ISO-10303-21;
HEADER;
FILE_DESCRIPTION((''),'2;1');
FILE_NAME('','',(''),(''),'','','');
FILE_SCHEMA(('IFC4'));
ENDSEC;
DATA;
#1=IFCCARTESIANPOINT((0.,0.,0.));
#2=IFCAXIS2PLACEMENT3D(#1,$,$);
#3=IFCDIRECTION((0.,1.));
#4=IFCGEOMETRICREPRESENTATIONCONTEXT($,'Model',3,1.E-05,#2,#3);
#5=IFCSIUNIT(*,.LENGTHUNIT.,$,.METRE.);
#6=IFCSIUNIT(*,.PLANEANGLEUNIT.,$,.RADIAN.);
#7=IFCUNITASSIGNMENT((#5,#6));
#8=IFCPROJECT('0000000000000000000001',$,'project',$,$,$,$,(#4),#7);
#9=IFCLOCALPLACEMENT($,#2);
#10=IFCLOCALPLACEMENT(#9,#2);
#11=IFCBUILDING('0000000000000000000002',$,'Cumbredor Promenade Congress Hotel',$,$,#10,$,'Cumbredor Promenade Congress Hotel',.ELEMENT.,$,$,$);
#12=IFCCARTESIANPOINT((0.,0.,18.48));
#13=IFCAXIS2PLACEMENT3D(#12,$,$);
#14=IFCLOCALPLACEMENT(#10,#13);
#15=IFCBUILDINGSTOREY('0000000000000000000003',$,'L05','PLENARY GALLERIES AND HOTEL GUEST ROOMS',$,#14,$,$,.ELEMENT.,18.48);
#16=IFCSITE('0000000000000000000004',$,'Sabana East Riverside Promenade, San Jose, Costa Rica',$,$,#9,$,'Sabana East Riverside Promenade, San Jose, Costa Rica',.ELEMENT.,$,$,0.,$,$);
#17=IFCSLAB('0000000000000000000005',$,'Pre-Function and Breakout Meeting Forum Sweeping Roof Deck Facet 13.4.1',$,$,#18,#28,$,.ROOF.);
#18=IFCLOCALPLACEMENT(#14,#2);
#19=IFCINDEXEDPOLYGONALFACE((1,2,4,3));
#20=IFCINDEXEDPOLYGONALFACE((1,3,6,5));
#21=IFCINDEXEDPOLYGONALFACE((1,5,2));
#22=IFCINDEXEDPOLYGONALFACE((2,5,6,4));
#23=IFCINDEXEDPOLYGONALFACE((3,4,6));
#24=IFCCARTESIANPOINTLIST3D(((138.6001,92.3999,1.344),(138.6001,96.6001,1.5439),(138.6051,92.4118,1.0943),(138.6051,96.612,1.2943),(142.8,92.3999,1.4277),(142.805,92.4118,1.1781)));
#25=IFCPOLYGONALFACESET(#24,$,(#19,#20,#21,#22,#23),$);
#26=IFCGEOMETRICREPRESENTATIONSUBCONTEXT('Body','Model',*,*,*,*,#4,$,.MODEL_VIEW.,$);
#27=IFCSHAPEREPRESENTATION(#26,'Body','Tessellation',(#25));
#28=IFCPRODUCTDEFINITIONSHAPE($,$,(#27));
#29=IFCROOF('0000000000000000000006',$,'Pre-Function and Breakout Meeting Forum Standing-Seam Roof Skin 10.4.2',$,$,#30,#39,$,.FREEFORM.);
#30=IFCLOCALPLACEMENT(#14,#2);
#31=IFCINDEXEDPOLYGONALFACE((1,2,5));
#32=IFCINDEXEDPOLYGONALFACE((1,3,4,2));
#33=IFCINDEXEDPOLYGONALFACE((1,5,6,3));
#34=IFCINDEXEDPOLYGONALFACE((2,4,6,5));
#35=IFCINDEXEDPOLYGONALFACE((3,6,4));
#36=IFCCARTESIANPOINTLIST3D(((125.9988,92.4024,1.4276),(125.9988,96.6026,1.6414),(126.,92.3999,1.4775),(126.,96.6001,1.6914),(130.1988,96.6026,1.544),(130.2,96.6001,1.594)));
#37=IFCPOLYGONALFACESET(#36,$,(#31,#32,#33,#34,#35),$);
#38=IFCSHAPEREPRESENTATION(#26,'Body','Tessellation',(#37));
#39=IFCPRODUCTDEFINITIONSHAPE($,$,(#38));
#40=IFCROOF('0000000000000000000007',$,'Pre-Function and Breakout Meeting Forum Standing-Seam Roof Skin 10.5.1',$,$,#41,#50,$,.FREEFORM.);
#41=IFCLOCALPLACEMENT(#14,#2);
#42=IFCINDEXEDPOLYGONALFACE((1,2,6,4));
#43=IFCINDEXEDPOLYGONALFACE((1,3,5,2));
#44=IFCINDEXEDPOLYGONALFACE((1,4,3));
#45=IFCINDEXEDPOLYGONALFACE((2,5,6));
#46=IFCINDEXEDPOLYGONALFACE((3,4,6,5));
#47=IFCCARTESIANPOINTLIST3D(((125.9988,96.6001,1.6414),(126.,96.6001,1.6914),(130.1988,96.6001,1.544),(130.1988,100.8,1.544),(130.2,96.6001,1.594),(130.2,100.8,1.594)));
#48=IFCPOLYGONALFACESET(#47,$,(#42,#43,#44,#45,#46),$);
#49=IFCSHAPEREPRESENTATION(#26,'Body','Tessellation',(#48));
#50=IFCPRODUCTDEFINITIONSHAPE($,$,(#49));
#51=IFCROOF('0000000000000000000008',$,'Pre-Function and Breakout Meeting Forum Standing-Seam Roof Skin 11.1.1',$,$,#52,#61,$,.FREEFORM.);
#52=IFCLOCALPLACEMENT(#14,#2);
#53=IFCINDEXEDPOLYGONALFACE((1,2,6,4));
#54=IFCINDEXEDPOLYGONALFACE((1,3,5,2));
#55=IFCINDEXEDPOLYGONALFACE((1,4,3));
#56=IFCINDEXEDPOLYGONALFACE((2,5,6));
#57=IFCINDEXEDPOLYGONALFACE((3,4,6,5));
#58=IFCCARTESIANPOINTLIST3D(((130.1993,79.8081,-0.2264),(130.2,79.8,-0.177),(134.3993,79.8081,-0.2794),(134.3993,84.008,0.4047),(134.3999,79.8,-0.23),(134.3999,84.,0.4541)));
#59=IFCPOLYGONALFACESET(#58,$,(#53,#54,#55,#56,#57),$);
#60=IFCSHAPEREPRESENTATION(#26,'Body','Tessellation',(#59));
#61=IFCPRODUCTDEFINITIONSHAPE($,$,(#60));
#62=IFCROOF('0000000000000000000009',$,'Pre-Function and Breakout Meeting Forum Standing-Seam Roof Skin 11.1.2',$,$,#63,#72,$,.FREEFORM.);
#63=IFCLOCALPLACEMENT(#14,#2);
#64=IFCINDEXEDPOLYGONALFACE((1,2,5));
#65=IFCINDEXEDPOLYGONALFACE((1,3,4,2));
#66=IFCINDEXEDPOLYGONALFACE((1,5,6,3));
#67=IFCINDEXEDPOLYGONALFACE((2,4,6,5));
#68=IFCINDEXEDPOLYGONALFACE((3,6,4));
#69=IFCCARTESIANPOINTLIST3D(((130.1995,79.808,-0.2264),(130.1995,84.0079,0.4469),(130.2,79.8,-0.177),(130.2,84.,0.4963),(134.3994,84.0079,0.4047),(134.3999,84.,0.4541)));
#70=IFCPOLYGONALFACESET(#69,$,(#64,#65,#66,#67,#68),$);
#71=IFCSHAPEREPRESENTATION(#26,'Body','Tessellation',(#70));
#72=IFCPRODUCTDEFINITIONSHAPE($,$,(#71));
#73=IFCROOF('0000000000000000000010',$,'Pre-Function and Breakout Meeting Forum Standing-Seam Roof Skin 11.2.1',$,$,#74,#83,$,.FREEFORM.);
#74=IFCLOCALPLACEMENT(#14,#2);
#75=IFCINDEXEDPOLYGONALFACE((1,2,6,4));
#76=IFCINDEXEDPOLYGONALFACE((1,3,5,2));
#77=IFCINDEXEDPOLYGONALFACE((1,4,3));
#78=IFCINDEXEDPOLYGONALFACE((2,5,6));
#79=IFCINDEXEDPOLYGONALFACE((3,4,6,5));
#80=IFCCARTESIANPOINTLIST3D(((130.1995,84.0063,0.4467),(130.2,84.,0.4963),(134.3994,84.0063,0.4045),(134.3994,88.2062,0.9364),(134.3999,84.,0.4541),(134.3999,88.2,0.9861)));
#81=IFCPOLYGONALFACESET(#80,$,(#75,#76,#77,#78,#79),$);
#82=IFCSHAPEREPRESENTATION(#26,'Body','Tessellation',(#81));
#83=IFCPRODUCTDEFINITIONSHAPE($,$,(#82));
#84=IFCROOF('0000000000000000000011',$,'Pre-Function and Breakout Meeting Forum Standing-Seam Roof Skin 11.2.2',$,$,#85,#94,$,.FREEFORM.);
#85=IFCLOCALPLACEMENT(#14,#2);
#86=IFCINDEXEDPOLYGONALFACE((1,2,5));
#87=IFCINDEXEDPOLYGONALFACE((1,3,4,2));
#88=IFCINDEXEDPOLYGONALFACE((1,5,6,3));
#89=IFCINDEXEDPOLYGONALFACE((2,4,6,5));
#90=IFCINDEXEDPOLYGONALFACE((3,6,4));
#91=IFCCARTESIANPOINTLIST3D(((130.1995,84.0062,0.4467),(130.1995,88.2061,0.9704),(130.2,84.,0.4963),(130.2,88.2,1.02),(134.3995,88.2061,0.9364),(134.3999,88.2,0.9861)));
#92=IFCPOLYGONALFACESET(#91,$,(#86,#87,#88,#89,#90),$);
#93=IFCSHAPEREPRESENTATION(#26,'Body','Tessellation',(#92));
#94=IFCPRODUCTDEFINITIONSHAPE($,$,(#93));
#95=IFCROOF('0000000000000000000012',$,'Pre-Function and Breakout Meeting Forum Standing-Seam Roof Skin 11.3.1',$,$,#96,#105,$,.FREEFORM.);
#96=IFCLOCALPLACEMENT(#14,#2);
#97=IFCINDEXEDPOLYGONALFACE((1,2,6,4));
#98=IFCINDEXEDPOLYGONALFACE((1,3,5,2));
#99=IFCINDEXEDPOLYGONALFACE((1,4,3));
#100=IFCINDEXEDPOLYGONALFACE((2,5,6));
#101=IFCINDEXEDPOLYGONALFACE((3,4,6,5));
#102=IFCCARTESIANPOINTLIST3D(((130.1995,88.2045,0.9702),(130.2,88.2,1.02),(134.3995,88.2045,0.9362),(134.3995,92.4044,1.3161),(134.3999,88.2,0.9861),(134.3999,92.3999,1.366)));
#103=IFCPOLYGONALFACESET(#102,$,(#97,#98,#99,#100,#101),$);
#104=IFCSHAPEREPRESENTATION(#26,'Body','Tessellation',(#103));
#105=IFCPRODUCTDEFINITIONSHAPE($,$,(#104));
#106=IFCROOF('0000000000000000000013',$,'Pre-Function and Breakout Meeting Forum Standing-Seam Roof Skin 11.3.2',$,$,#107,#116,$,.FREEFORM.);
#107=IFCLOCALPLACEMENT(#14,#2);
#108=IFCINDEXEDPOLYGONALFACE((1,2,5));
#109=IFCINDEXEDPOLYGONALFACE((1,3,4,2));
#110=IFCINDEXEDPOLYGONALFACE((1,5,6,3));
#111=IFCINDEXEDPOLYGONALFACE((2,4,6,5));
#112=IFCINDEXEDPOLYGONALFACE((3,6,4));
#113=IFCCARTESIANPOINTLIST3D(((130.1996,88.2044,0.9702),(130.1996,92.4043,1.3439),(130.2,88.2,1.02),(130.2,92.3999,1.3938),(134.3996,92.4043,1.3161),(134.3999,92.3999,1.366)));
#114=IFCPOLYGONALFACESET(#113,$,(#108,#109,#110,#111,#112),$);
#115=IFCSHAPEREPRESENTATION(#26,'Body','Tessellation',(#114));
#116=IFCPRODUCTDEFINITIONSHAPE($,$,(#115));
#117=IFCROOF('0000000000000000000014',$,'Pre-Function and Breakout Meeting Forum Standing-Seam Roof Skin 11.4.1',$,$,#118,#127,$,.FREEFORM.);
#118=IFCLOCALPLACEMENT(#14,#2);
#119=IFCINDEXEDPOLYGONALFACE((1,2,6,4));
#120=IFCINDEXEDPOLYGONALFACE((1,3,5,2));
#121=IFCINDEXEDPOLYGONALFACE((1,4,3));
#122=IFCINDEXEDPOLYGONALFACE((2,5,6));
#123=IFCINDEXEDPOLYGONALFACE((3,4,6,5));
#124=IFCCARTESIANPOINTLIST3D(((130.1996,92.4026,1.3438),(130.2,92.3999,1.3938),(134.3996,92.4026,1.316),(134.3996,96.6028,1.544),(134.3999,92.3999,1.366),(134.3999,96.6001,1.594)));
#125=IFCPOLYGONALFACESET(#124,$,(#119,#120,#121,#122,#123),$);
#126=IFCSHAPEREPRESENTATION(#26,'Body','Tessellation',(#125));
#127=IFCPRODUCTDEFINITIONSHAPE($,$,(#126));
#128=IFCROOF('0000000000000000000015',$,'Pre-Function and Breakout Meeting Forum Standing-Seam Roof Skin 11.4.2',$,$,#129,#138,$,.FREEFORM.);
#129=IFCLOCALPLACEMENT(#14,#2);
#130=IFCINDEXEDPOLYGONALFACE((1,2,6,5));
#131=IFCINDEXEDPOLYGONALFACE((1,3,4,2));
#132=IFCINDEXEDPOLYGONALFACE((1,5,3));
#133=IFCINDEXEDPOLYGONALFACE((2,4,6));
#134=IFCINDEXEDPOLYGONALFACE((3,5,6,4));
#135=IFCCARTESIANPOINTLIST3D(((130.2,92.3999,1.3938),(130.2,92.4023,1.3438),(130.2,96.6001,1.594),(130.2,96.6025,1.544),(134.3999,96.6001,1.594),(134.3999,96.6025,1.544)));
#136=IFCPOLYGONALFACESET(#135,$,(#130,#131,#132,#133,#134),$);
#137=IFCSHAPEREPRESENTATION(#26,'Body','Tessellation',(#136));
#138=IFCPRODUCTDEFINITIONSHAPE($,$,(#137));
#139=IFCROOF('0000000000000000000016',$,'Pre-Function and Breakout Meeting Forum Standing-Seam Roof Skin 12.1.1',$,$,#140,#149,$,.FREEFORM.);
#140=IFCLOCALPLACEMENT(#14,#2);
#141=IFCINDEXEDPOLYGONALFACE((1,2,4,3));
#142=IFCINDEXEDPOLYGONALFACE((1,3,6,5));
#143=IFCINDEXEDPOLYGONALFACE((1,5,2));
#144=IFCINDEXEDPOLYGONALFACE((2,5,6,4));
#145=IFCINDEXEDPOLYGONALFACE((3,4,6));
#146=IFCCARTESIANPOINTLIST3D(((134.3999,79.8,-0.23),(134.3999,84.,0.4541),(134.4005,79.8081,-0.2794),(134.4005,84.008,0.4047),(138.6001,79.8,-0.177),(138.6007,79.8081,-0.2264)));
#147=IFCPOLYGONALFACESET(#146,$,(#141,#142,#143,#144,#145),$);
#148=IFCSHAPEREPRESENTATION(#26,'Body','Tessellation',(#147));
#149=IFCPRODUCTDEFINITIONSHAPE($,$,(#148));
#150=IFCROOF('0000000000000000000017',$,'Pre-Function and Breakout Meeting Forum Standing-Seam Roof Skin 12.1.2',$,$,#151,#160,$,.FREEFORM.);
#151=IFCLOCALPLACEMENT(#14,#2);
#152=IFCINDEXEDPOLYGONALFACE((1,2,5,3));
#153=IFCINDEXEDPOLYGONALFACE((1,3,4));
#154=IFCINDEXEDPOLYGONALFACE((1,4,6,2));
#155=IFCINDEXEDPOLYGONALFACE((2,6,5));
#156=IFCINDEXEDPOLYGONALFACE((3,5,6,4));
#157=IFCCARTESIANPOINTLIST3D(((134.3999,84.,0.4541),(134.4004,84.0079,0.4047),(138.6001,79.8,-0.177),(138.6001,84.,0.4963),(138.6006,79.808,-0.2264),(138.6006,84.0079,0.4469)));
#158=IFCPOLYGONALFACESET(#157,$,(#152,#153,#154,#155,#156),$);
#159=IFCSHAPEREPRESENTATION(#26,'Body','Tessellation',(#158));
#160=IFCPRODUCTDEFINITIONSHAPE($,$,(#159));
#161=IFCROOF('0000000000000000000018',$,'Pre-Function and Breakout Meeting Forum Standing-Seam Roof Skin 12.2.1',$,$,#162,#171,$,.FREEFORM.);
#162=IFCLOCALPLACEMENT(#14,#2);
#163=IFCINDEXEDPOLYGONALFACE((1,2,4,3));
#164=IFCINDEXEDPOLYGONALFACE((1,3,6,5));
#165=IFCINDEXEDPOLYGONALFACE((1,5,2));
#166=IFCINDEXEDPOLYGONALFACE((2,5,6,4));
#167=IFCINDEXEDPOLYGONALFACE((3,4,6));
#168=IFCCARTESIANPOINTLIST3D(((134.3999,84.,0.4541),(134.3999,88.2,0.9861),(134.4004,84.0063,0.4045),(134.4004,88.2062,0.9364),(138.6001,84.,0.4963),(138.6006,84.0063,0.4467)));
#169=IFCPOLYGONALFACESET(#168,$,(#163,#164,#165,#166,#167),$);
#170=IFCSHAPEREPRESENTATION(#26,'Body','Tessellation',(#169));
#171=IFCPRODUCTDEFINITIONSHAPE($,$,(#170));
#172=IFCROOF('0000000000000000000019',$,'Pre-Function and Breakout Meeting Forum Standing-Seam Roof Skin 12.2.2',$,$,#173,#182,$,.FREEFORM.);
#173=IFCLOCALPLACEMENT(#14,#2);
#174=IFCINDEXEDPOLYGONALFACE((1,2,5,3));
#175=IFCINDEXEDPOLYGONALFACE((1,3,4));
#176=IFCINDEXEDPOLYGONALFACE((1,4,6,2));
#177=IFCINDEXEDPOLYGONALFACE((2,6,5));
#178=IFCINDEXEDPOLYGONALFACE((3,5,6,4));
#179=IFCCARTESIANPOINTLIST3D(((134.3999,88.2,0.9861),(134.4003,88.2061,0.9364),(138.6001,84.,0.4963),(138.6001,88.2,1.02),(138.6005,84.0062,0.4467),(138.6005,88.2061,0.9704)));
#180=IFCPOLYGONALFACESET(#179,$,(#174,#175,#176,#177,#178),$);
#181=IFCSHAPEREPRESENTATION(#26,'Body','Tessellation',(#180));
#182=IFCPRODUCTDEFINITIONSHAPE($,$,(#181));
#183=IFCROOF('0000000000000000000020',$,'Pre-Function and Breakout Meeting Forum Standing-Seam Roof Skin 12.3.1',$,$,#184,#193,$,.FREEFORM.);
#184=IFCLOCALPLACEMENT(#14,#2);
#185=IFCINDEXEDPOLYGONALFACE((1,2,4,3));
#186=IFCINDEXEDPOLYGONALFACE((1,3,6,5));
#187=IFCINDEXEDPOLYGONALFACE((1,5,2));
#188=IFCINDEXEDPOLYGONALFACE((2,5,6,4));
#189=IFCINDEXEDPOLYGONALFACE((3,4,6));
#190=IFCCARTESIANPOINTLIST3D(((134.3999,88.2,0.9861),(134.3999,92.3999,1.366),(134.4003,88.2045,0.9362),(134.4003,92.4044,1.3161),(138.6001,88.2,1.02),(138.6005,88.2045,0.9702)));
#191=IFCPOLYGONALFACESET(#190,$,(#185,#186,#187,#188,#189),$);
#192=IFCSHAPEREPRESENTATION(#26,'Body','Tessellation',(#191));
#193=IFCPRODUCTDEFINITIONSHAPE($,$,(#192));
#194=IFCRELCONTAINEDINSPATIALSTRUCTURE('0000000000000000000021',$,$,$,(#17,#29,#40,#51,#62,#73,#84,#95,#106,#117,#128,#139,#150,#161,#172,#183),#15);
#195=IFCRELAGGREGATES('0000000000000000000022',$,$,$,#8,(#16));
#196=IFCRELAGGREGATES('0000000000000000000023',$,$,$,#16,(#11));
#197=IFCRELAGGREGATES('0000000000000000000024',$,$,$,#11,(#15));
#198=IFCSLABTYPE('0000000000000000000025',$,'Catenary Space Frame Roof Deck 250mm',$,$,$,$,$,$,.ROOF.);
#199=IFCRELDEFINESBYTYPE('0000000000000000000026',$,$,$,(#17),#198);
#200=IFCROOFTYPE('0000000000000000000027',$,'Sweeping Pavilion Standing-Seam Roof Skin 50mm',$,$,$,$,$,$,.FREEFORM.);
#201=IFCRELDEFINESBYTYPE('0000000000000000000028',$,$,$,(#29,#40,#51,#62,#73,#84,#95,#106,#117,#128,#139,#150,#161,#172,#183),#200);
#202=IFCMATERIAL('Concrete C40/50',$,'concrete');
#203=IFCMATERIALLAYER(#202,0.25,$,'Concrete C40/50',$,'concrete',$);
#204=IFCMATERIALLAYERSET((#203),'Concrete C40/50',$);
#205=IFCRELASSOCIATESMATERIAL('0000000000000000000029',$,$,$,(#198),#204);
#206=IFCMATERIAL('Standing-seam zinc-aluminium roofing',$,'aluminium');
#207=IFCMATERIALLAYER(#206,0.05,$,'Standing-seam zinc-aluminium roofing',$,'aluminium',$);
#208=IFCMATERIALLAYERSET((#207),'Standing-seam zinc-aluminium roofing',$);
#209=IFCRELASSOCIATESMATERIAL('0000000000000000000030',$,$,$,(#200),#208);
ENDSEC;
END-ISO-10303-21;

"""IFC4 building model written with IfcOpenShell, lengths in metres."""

from ifc_helpers import new_model, si_unit, direction, frame, origin, place, context, subcontext, project, spatial, polyline, outline, extrude, material, layer, layer_set, type_object, element, save


model = new_model("IFC4")

# Units and contexts
model_context = context("Model", 3, precision=1e-05, world=origin(), true_north=direction((0.0, 1.0)))
body_context = subcontext(model_context, "Body", "Model", "MODEL_VIEW")
ifc_project = project(units=[si_unit("LENGTHUNIT", "METRE"), si_unit("PLANEANGLEUNIT", "RADIAN")], contexts=[model_context])

# Site, building, storey
site_placement = place(None, origin())
site = spatial("IfcSite", under=ifc_project, at=site_placement, Name="Sabana East Riverside Promenade, San Jose, Costa Rica", LongName="Sabana East Riverside Promenade, San Jose, Costa Rica", CompositionType="ELEMENT", RefElevation=0.0)
building_placement = place(site_placement, origin())
building = spatial("IfcBuilding", under=site, at=building_placement, Name="Cumbredor Promenade Congress Hotel", LongName="Cumbredor Promenade Congress Hotel", CompositionType="ELEMENT")
storey_placement = place(building_placement, frame((0.0, 0.0, 18.48)))
storey = spatial("IfcBuildingStorey", under=building, at=storey_placement, Name="L05", Description="PLENARY GALLERIES AND HOTEL GUEST ROOMS", CompositionType="ELEMENT", Elevation=18.48)

# Slab
ifc_material_1 = material(Name="Concrete C40/50", Category="concrete")
ifc_layer_1 = layer(ifc_material_1, 0.25, Name="Concrete C40/50", Category="concrete")
ifc_layer_set_1 = layer_set([ifc_layer_1], Name="Concrete C40/50")
slab_type = type_object("IfcSlabType", Name="Catenary Space Frame Roof Deck 250mm", PredefinedType="ROOF", material=ifc_layer_set_1)
slab_1_placement = place(storey_placement, frame((138.6001, 92.3999, 1.344), z_axis=(-0.019912, -0.047542, 0.998671), x_axis=(0.999801, 0.0, 0.019934)))
element("IfcSlab", 1, at=slab_1_placement, inside=storey, type_object=slab_type, Name="Pre-Function and Breakout Meeting Forum Sweeping Roof Deck Facet 13.4.1", PredefinedType="ROOF", context=body_context, shape_type="SweptSolid", body=[
    extrude(outline(polyline([(0.0, 0.0), (4.2008, 0.0), (0.004, 4.205), (0.0, 0.0)])), origin(), (0.0, 0.0, -1.0), 0.25),
])

# Roofs
ifc_material_2 = material(Name="Standing-seam zinc-aluminium roofing", Category="aluminium")
ifc_layer_2 = layer(ifc_material_2, 0.05, Name="Standing-seam zinc-aluminium roofing", Category="aluminium")
ifc_layer_set_2 = layer_set([ifc_layer_2], Name="Standing-seam zinc-aluminium roofing")
roof_type = type_object("IfcRoofType", Name="Sweeping Pavilion Standing-Seam Roof Skin 50mm", PredefinedType="FREEFORM", material=ifc_layer_set_2)
roof_1_placement = place(storey_placement, frame((126.0, 92.3999, 1.4775), z_axis=(0.023157, -0.050839, 0.998438), x_axis=(0.70695, 0.706991, 0.019602)))
element("IfcRoof", 2, at=roof_1_placement, inside=storey, type_object=roof_type, Name="Pre-Function and Breakout Meeting Forum Standing-Seam Roof Skin 10.4.2", PredefinedType="FREEFORM", context=body_context, shape_type="SweptSolid", body=[
    extrude(outline(polyline([(0.0, 0.0), (5.9409, 0.0), (2.9737, 2.974), (0.0, 0.0)])), origin(), (0.0, 0.0, -1.0), 0.05),
])
roof_2_placement = place(storey_placement, frame((126.0, 96.6001, 1.6914), z_axis=(0.023187, 0.0, 0.999731), x_axis=(0.999731, 0.0, -0.023187)))
element("IfcRoof", 3, at=roof_2_placement, inside=storey, type_object=roof_type, Name="Pre-Function and Breakout Meeting Forum Standing-Seam Roof Skin 10.5.1", PredefinedType="FREEFORM", context=body_context, shape_type="SweptSolid", body=[
    extrude(outline(polyline([(0.0, 0.0), (4.2011, 0.0), (4.2011, 4.2), (0.0, 0.0)])), origin(), (0.0, 0.0, -1.0), 0.05),
])
roof_3_placement = place(storey_placement, frame((130.2, 79.8, -0.177), z_axis=(0.012449, -0.160748, 0.986917), x_axis=(0.99992, 0.0, -0.012613)))
element("IfcRoof", 4, at=roof_3_placement, inside=storey, type_object=roof_type, Name="Pre-Function and Breakout Meeting Forum Standing-Seam Roof Skin 11.1.1", PredefinedType="FREEFORM", context=body_context, shape_type="SweptSolid", body=[
    extrude(outline(polyline([(0.0, 0.0), (4.2003, 0.0), (4.1917, 4.2553), (0.0, 0.0)])), origin(), (0.0, 0.0, -1.0), 0.05),
])
roof_4_placement = place(storey_placement, frame((130.2, 79.8, -0.177), z_axis=(0.009929, -0.158292, 0.987342), x_axis=(0.703149, 0.703149, 0.105658)))
element("IfcRoof", 5, at=roof_4_placement, inside=storey, type_object=roof_type, Name="Pre-Function and Breakout Meeting Forum Standing-Seam Roof Skin 11.1.2", PredefinedType="FREEFORM", context=body_context, shape_type="SweptSolid", body=[
    extrude(outline(polyline([(0.0, 0.0), (5.9731, 0.0), (3.0243, 2.991), (0.0, 0.0)])), origin(), (0.0, 0.0, -1.0), 0.05),
])
roof_5_placement = place(storey_placement, frame((130.2, 84.0, 0.4963), z_axis=(0.009976, -0.125654, 0.992024), x_axis=(0.999949, 0.0, -0.010056)))
element("IfcRoof", 6, at=roof_5_placement, inside=storey, type_object=roof_type, Name="Pre-Function and Breakout Meeting Forum Standing-Seam Roof Skin 11.2.1", PredefinedType="FREEFORM", context=body_context, shape_type="SweptSolid", body=[
    extrude(outline(polyline([(0.0, 0.0), (4.2002, 0.0), (4.1948, 4.2335), (0.0, 0.0)])), origin(), (0.0, 0.0, -1.0), 0.05),
])
roof_6_placement = place(storey_placement, frame((130.2, 84.0, 0.4963), z_axis=(0.008018, -0.123725, 0.992284), x_axis=(0.704715, 0.704715, 0.082175)))
element("IfcRoof", 7, at=roof_6_placement, inside=storey, type_object=roof_type, Name="Pre-Function and Breakout Meeting Forum Standing-Seam Roof Skin 11.2.2", PredefinedType="FREEFORM", context=body_context, shape_type="SweptSolid", body=[
    extrude(outline(polyline([(0.0, 0.0), (5.9598, 0.0), (3.0028, 2.9828), (0.0, 0.0)])), origin(), (0.0, 0.0, -1.0), 0.05),
])
roof_7_placement = place(storey_placement, frame((130.2, 88.2, 1.02), z_axis=(0.008047, -0.090079, 0.995902), x_axis=(0.999967, 0.0, -0.00808)))
element("IfcRoof", 8, at=roof_7_placement, inside=storey, type_object=roof_type, Name="Pre-Function and Breakout Meeting Forum Standing-Seam Roof Skin 11.3.1", PredefinedType="FREEFORM", context=body_context, shape_type="SweptSolid", body=[
    extrude(outline(polyline([(0.0, 0.0), (4.2001, 0.0), (4.197, 4.2171), (0.0, 0.0)])), origin(), (0.0, 0.0, -1.0), 0.05),
])
roof_8_placement = place(storey_placement, frame((130.2, 88.2, 1.02), z_axis=(0.006601, -0.088644, 0.996042), x_axis=(0.70591, 0.70591, 0.058145)))
element("IfcRoof", 9, at=roof_8_placement, inside=storey, type_object=roof_type, Name="Pre-Function and Breakout Meeting Forum Standing-Seam Roof Skin 11.3.2", PredefinedType="FREEFORM", context=body_context, shape_type="SweptSolid", body=[
    extrude(outline(polyline([(0.0, 0.0), (5.9497, 0.0), (2.9865, 2.9766), (0.0, 0.0)])), origin(), (0.0, 0.0, -1.0), 0.05),
])
roof_9_placement = place(storey_placement, frame((130.2, 92.3999, 1.3938), z_axis=(0.006617, -0.054209, 0.998508), x_axis=(0.999978, 0.0, -0.006627)))
element("IfcRoof", 10, at=roof_9_placement, inside=storey, type_object=roof_type, Name="Pre-Function and Breakout Meeting Forum Standing-Seam Roof Skin 11.4.1", PredefinedType="FREEFORM", context=body_context, shape_type="SweptSolid", body=[
    extrude(outline(polyline([(0.0, 0.0), (4.2, 0.0), (4.1985, 4.2064), (0.0, 0.0)])), origin(), (0.0, 0.0, -1.0), 0.05),
])
roof_10_placement = place(storey_placement, frame((130.2, 92.3999, 1.3938), z_axis=(0.0, -0.047609, 0.998866), x_axis=(0.706685, 0.706726, 0.033685)))
element("IfcRoof", 11, at=roof_10_placement, inside=storey, type_object=roof_type, Name="Pre-Function and Breakout Meeting Forum Standing-Seam Roof Skin 11.4.2", PredefinedType="FREEFORM", context=body_context, shape_type="SweptSolid", body=[
    extrude(outline(polyline([(0.0, 0.0), (5.9432, 0.0), (2.9751, 2.9716), (0.0, 0.0)])), origin(), (0.0, 0.0, -1.0), 0.05),
])
roof_11_placement = place(storey_placement, frame((134.3999, 79.8, -0.23), z_axis=(-0.012448, -0.160748, 0.986917), x_axis=(0.99992, 0.0, 0.012612)))
element("IfcRoof", 12, at=roof_11_placement, inside=storey, type_object=roof_type, Name="Pre-Function and Breakout Meeting Forum Standing-Seam Roof Skin 12.1.1", PredefinedType="FREEFORM", context=body_context, shape_type="SweptSolid", body=[
    extrude(outline(polyline([(0.0, 0.0), (4.2005, 0.0), (0.0086, 4.2553), (0.0, 0.0)])), origin(), (0.0, 0.0, -1.0), 0.05),
])
roof_12_placement = place(storey_placement, frame((138.6001, 79.8, -0.177), z_axis=(-0.009929, -0.158292, 0.987342), x_axis=(0.0, 0.987391, 0.158299)))
element("IfcRoof", 13, at=roof_12_placement, inside=storey, type_object=roof_type, Name="Pre-Function and Breakout Meeting Forum Standing-Seam Roof Skin 12.1.2", PredefinedType="FREEFORM", context=body_context, shape_type="SweptSolid", body=[
    extrude(outline(polyline([(0.0, 0.0), (4.2536, 0.0), (4.2469, 4.2004), (0.0, 0.0)])), origin(), (0.0, 0.0, -1.0), 0.05),
])
roof_13_placement = place(storey_placement, frame((134.3999, 84.0, 0.4541), z_axis=(-0.009976, -0.125654, 0.992024), x_axis=(0.999949, 0.0, 0.010055)))
element("IfcRoof", 14, at=roof_13_placement, inside=storey, type_object=roof_type, Name="Pre-Function and Breakout Meeting Forum Standing-Seam Roof Skin 12.2.1", PredefinedType="FREEFORM", context=body_context, shape_type="SweptSolid", body=[
    extrude(outline(polyline([(0.0, 0.0), (4.2004, 0.0), (0.0053, 4.2335), (0.0, 0.0)])), origin(), (0.0, 0.0, -1.0), 0.05),
])
roof_14_placement = place(storey_placement, frame((138.6001, 84.0, 0.4963), z_axis=(-0.008017, -0.123725, 0.992284), x_axis=(0.0, 0.992316, 0.123729)))
element("IfcRoof", 15, at=roof_14_placement, inside=storey, type_object=roof_type, Name="Pre-Function and Breakout Meeting Forum Standing-Seam Roof Skin 12.2.2", PredefinedType="FREEFORM", context=body_context, shape_type="SweptSolid", body=[
    extrude(outline(polyline([(0.0, 0.0), (4.2325, 0.0), (4.2283, 4.2003), (0.0, 0.0)])), origin(), (0.0, 0.0, -1.0), 0.05),
])
roof_15_placement = place(storey_placement, frame((134.3999, 88.2, 0.9861), z_axis=(-0.008046, -0.090079, 0.995902), x_axis=(0.999967, 0.0, 0.008079)))
element("IfcRoof", 16, at=roof_15_placement, inside=storey, type_object=roof_type, Name="Pre-Function and Breakout Meeting Forum Standing-Seam Roof Skin 12.3.1", PredefinedType="FREEFORM", context=body_context, shape_type="SweptSolid", body=[
    extrude(outline(polyline([(0.0, 0.0), (4.2003, 0.0), (0.0031, 4.2171), (0.0, 0.0)])), origin(), (0.0, 0.0, -1.0), 0.05),
])

save(model, "model.ifc")
